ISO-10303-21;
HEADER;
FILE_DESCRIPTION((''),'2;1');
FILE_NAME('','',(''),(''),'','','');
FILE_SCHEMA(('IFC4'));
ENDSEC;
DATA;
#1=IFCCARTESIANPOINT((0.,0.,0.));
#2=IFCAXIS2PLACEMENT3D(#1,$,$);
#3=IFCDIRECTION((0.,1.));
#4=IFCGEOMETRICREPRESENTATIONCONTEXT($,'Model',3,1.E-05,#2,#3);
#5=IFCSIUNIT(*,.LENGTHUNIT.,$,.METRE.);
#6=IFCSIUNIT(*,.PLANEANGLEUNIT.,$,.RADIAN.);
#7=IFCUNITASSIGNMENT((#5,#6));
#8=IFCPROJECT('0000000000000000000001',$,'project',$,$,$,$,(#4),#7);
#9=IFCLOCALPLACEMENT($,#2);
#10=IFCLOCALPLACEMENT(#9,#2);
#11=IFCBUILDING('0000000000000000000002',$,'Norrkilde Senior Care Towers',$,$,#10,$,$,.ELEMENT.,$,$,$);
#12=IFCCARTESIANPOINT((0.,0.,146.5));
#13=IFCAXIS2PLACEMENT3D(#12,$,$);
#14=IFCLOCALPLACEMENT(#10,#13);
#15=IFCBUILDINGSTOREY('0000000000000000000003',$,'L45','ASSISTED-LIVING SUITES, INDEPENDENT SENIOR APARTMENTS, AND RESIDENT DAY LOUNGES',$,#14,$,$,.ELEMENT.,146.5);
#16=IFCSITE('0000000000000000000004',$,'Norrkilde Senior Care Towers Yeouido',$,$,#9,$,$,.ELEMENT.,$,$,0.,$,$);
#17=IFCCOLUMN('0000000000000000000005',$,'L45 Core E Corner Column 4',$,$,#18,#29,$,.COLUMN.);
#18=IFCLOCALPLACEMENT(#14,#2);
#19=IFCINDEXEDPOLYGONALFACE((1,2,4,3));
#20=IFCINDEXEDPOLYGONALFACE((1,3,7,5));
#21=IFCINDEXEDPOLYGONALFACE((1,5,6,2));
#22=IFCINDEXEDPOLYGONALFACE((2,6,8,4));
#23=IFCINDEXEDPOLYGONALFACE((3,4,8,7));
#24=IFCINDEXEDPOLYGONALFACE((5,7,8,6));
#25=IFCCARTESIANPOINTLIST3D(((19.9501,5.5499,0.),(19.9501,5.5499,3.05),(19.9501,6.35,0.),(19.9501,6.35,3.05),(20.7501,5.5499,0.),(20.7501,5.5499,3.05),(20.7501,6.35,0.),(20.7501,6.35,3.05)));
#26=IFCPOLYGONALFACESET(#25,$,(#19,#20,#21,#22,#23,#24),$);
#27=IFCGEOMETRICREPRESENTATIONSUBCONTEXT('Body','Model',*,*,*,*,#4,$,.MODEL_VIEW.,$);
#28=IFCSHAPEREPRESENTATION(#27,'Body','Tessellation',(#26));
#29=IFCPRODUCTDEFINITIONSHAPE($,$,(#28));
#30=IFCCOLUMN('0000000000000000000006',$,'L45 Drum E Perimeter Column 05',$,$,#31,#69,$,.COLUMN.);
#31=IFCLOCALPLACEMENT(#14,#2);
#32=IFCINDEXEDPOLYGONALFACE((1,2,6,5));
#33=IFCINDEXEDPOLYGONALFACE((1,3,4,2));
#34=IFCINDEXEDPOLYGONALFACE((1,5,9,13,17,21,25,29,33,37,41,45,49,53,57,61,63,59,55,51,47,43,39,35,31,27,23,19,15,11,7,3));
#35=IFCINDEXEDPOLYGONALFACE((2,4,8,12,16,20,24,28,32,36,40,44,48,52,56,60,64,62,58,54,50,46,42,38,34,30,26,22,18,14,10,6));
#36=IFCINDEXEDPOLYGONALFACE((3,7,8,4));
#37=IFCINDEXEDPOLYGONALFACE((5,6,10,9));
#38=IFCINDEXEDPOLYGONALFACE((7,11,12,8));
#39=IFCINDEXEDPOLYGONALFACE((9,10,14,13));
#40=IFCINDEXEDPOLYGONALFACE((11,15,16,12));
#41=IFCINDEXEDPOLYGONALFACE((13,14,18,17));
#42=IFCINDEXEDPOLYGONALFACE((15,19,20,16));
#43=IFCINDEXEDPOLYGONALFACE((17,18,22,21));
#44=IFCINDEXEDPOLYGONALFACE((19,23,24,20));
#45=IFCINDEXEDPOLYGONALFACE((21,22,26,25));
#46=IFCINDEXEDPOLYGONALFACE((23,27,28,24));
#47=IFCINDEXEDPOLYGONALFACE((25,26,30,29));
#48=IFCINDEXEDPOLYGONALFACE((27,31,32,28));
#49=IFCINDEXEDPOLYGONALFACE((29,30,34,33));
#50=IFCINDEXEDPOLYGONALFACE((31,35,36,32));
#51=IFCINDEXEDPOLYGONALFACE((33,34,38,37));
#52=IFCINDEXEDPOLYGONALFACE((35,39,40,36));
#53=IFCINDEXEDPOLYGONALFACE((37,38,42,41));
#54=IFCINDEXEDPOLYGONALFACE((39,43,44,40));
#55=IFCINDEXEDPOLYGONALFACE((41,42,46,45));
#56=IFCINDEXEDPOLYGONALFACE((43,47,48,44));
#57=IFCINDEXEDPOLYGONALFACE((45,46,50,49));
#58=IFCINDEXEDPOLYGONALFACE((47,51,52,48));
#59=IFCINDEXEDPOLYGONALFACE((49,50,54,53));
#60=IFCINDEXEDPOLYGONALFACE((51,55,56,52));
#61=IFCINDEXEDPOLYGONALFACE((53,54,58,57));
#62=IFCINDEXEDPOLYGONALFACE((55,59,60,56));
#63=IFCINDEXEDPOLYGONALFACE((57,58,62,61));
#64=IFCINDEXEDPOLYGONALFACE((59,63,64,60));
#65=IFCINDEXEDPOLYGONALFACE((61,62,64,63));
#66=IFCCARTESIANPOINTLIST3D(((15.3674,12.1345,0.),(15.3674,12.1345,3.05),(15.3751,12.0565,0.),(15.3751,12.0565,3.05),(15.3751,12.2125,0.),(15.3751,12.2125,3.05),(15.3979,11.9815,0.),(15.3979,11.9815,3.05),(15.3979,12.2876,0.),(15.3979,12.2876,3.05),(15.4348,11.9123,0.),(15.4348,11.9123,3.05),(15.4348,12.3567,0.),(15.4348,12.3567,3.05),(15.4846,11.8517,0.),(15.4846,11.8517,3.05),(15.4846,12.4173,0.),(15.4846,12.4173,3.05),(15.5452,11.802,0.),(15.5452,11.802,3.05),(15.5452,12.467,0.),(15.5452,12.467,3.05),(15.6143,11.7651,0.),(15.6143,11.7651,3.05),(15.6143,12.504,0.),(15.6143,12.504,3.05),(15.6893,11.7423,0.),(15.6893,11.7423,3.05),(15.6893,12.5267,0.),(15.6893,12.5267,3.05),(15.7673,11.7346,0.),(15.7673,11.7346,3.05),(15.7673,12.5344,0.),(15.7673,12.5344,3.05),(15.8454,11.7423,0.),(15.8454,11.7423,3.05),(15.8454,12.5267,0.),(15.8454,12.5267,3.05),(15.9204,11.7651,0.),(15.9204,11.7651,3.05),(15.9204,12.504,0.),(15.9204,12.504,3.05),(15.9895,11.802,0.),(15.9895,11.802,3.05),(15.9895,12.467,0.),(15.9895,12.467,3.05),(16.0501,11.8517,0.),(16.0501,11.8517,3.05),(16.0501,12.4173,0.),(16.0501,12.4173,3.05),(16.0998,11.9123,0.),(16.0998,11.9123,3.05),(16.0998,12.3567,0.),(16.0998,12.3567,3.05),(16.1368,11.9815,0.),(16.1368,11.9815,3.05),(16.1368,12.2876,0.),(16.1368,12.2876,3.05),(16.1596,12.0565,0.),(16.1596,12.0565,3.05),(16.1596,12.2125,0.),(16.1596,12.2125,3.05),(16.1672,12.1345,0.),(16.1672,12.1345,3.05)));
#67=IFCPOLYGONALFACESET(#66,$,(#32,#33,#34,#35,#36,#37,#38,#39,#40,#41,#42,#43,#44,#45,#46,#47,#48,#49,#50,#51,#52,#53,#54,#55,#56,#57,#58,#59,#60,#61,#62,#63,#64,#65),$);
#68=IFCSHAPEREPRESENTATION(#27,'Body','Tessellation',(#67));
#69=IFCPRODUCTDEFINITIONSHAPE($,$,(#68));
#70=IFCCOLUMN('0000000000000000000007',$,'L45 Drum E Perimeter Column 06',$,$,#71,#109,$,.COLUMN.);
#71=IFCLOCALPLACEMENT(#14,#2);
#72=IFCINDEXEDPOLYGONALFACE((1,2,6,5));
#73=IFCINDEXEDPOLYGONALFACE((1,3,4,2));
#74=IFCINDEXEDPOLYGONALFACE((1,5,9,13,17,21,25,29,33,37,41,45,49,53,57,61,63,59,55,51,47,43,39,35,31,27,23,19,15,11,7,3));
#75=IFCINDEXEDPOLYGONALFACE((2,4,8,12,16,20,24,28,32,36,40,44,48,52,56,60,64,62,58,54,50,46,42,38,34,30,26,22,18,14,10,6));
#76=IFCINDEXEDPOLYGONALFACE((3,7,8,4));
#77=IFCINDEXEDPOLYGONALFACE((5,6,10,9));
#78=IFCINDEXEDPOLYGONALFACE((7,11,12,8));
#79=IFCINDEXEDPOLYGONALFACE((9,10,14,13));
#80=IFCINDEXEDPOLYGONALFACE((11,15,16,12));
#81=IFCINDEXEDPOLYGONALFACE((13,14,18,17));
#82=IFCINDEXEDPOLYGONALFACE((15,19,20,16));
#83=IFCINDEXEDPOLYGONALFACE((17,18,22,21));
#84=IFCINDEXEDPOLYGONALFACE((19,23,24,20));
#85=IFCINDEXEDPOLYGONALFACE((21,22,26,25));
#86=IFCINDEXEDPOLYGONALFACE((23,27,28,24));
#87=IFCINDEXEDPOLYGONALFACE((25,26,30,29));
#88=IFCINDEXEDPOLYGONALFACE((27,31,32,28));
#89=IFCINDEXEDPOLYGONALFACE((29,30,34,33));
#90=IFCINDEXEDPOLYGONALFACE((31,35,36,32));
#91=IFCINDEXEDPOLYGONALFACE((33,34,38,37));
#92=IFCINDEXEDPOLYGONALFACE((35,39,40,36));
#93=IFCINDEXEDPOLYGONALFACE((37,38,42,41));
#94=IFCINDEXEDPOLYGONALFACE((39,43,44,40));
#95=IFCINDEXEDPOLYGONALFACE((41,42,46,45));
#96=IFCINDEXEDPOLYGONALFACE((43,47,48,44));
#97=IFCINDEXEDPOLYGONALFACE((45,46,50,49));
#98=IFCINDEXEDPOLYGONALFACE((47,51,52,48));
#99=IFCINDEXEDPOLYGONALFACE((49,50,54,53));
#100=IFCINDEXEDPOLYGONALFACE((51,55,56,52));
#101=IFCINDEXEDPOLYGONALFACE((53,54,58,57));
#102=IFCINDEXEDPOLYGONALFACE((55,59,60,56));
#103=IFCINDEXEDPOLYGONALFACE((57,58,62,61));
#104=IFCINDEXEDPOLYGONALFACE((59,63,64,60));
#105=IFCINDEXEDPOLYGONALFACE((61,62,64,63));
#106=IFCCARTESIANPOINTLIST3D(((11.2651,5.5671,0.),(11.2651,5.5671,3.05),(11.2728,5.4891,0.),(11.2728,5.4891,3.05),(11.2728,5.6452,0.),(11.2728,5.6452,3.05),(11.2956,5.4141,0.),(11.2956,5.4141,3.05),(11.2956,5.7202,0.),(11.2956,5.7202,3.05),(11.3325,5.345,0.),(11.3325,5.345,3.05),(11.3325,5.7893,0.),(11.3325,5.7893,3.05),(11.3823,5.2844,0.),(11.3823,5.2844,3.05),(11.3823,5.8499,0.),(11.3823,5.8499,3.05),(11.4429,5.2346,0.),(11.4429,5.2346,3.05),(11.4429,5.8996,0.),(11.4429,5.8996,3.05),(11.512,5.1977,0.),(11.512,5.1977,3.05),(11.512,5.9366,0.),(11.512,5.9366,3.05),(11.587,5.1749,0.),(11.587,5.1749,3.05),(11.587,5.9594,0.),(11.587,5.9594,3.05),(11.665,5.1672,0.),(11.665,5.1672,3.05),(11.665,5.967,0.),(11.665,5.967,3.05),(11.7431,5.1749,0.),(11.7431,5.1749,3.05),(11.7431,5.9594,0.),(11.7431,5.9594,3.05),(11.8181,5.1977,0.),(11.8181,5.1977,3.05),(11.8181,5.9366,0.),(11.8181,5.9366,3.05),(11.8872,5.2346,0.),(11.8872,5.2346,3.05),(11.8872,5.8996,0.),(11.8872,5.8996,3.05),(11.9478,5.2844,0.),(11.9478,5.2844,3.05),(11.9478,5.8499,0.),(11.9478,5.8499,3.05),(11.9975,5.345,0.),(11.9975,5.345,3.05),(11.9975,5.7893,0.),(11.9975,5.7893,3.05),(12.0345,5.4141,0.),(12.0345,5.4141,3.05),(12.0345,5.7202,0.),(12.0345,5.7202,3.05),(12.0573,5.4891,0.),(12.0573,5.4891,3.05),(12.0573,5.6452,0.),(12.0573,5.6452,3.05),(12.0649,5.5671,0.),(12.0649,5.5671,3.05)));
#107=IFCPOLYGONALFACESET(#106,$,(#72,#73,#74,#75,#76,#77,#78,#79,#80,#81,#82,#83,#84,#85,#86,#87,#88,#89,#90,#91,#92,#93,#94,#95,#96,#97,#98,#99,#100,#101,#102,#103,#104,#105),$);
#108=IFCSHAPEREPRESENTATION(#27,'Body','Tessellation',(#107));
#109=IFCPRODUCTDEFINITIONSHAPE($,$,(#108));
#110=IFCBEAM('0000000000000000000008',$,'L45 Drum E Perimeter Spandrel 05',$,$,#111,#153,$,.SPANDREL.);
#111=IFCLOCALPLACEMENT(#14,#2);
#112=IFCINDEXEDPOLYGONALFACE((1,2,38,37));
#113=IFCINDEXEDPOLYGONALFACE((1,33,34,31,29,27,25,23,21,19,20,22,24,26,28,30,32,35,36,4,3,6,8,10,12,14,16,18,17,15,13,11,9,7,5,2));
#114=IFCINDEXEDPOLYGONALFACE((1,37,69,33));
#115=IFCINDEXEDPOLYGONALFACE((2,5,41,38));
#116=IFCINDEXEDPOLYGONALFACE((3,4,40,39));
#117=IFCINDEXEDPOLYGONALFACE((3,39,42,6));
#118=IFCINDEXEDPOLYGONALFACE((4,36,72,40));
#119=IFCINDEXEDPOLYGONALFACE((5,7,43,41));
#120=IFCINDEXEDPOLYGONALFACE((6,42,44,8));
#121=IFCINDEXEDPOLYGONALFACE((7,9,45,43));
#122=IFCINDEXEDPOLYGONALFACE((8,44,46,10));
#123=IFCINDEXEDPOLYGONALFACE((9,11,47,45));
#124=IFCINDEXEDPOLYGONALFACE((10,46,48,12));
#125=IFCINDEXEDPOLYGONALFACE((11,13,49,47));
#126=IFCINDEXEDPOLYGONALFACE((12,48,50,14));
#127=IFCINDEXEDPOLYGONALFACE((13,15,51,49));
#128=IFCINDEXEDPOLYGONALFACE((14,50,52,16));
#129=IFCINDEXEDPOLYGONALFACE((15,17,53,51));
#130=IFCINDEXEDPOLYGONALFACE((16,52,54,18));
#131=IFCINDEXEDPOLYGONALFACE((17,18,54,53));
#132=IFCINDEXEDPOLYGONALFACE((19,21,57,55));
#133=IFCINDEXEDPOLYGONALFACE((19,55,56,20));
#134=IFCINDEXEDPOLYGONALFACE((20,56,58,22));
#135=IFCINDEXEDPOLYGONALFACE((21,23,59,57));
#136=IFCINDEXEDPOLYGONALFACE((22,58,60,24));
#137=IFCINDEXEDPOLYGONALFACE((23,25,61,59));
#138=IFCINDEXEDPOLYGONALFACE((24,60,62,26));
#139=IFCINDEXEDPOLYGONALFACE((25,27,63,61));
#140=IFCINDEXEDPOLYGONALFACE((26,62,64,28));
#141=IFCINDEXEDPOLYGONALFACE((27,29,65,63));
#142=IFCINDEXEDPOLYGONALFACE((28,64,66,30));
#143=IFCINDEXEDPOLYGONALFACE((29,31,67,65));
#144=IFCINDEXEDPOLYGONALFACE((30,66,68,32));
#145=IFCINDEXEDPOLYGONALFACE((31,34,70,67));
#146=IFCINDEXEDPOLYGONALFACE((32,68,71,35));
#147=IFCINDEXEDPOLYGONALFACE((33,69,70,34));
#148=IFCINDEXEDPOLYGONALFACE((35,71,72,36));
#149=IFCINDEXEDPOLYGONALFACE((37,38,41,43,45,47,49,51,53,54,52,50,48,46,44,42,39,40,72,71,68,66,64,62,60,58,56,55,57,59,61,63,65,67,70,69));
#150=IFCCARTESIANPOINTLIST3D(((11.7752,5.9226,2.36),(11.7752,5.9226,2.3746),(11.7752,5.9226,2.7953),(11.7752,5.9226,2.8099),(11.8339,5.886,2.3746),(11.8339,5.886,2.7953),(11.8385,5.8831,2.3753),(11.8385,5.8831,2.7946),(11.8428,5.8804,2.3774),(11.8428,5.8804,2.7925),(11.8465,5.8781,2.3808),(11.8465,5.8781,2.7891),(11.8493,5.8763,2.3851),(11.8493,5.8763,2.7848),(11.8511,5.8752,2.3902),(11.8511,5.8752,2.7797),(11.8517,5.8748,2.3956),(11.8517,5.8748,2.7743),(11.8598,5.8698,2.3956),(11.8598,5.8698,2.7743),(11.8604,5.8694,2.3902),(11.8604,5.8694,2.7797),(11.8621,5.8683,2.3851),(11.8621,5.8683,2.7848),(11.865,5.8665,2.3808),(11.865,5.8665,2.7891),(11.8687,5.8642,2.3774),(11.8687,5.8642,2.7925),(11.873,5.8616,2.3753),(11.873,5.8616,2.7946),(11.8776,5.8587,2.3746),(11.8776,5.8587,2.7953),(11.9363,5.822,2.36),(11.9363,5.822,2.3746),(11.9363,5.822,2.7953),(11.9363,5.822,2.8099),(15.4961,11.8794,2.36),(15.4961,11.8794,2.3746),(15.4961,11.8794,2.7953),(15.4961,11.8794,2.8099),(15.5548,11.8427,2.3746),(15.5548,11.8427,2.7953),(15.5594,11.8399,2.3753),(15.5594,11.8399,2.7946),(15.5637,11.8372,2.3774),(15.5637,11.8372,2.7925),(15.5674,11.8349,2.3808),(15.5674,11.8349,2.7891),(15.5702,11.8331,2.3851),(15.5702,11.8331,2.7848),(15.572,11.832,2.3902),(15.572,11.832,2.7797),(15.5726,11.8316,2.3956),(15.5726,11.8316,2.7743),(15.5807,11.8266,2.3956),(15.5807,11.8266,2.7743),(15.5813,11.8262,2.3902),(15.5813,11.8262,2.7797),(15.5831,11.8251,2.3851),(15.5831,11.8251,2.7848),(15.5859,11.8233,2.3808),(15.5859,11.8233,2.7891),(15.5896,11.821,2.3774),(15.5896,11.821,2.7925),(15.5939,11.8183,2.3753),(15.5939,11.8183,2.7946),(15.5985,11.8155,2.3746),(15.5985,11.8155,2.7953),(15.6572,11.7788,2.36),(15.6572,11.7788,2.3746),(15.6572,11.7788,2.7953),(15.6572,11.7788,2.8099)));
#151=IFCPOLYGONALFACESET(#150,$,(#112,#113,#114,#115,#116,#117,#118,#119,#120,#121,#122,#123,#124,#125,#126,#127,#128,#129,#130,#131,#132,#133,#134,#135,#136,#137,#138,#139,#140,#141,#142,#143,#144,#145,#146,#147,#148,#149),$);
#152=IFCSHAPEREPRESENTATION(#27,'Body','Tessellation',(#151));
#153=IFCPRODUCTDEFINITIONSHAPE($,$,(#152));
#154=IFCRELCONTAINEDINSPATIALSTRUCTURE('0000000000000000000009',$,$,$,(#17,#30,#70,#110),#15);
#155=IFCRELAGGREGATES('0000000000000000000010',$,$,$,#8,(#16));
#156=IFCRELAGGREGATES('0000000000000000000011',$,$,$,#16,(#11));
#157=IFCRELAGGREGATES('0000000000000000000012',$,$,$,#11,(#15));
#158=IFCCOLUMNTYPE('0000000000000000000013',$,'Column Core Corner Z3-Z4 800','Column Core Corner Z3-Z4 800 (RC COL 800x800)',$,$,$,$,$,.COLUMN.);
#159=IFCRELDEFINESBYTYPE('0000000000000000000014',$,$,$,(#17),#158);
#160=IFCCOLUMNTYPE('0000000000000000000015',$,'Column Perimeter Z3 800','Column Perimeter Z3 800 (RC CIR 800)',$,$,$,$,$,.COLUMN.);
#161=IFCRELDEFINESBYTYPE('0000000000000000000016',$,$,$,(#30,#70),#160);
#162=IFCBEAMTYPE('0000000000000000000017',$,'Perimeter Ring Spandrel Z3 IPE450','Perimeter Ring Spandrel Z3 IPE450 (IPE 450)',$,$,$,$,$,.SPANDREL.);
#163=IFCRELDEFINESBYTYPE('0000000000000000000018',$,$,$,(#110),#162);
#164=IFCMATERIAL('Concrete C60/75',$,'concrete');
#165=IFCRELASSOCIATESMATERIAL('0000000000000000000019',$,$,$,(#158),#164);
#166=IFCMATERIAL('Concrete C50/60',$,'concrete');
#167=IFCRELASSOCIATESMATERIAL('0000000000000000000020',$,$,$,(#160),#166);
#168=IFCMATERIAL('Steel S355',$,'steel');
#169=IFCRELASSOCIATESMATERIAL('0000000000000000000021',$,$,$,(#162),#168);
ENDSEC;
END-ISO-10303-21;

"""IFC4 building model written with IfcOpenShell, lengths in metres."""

from ifc_helpers import new_model, si_unit, direction, frame, origin, origin_2d, place, context, subcontext, project, spatial, rectangle, circle, i_section, extrude, source, transform, mapped, material, material_profile, profile_set, type_object, type_shapes, element, save


model = new_model("IFC4")

# Units and contexts
model_context = context("Model", 3, precision=1e-05, world=origin(), true_north=direction((0.0, 1.0)))
body_context = subcontext(model_context, "Body", "Model", "MODEL_VIEW")
ifc_project = project(units=[si_unit("LENGTHUNIT", "METRE"), si_unit("PLANEANGLEUNIT", "RADIAN")], contexts=[model_context])

# Site, building, storey
site_placement = place(None, origin())
site = spatial("IfcSite", under=ifc_project, at=site_placement, Name="Norrkilde Senior Care Towers Yeouido", CompositionType="ELEMENT", RefElevation=0.0)
building_placement = place(site_placement, origin())
building = spatial("IfcBuilding", under=site, at=building_placement, Name="Norrkilde Senior Care Towers", CompositionType="ELEMENT")
storey_placement = place(building_placement, frame((0.0, 0.0, 146.5)))
storey = spatial("IfcBuildingStorey", under=building, at=storey_placement, Name="L45", Description="ASSISTED-LIVING SUITES, INDEPENDENT SENIOR APARTMENTS, AND RESIDENT DAY LOUNGES", CompositionType="ELEMENT", Elevation=146.5)

# Columns
ifc_material_1 = material(Name="Concrete C60/75", Category="concrete")
ifc_material_profile_1 = material_profile(ifc_material_1, rectangle(XDim=0.8, YDim=0.8, at=origin_2d()), Name="RC COL 800x800")
ifc_profile_set_1 = profile_set([ifc_material_profile_1], Name="Concrete C60/75")
column_type_1 = type_object("IfcColumnType", Name="Column Core Corner Z3-Z4 800", Description="Column Core Corner Z3-Z4 800 (RC COL 800x800)", PredefinedType="COLUMN", material=ifc_profile_set_1)
shared_shape_1 = source(origin(), body_context, "Body", "SweptSolid", [
    extrude(rectangle(XDim=0.8, YDim=0.8, at=origin_2d()), origin(), (0.0, 0.0, 1.0), 3.05),
])
type_shapes(column_type_1, [shared_shape_1])
column_placement = place(storey_placement, frame((20.3501, 5.95, 0.0), z_axis=(0.0, 0.0, 1.0), x_axis=(1.0, 0.0, 0.0)))
element("IfcColumn", 1, at=column_placement, inside=storey, type_object=column_type_1, Name="L45 Core E Corner Column 4", PredefinedType="COLUMN", context=body_context, shape_type="MappedRepresentation", body=[
    mapped(shared_shape_1, transform((0.0, 0.0, 0.0), x_axis=(1.0, 0.0, 0.0), y_axis=(0.0, 1.0, 0.0), z_axis=(0.0, 0.0, 1.0), scale=1.0)),
])
ifc_material_2 = material(Name="Concrete C50/60", Category="concrete")
ifc_material_profile_2 = material_profile(ifc_material_2, circle(Radius=0.3999, at=origin_2d()), Name="RC CIR 800")
ifc_profile_set_2 = profile_set([ifc_material_profile_2], Name="Concrete C50/60")
column_type_2 = type_object("IfcColumnType", Name="Column Perimeter Z3 800", Description="Column Perimeter Z3 800 (RC CIR 800)", PredefinedType="COLUMN", material=ifc_profile_set_2)
shared_shape_2 = source(origin(), body_context, "Body", "SweptSolid", [
    extrude(circle(Radius=0.3999, at=origin_2d()), origin(), (0.0, 0.0, 1.0), 3.05),
])
type_shapes(column_type_2, [shared_shape_2])
for number, where, z_axis, x_axis, name in (
    (2, (15.7673, 12.1345, 0.0), (0.0, 0.0, 1.0), (1.0, 0.0, 0.0), "L45 Drum E Perimeter Column 05"),
    (3, (11.665, 5.5671, 0.0), (0.0, 0.0, 1.0), (1.0, 0.0, 0.0), "L45 Drum E Perimeter Column 06"),
):
    element("IfcColumn", number, at=place(storey_placement, frame(where, z_axis=z_axis, x_axis=x_axis)), inside=storey, type_object=column_type_2, Name=name, PredefinedType="COLUMN", context=body_context, shape_type="MappedRepresentation", body=[
        mapped(shared_shape_2, transform((0.0, 0.0, 0.0), x_axis=(1.0, 0.0, 0.0), y_axis=(0.0, 1.0, 0.0), z_axis=(0.0, 0.0, 1.0), scale=1.0)),
    ])

# Beam
ifc_material_3 = material(Name="Steel S355", Category="steel")
ifc_material_profile_3 = material_profile(ifc_material_3, i_section(OverallWidth=0.1899, OverallDepth=0.45, WebThickness=0.0095, FlangeThickness=0.0146, FilletRadius=0.021, at=origin_2d()), Name="IPE 450")
ifc_profile_set_3 = profile_set([ifc_material_profile_3], Name="Steel S355")
beam_type_1 = type_object("IfcBeamType", Name="Perimeter Ring Spandrel Z3 IPE450", Description="Perimeter Ring Spandrel Z3 IPE450 (IPE 450)", PredefinedType="SPANDREL", material=ifc_profile_set_3)
shared_shape_3 = source(origin(), body_context, "Body", "SweptSolid", [
    extrude(i_section(OverallWidth=0.1899, OverallDepth=0.45, WebThickness=0.0095, FlangeThickness=0.0146, FilletRadius=0.021, at=origin_2d()), origin(), (0.0, 0.0, 1.0), 7.0234),
])
beam_1_placement = place(storey_placement, frame((15.5767, 11.8291, 2.585), z_axis=(-0.52979, -0.848129, 0.0), x_axis=(0.848129, -0.52979, 0.0)))
element("IfcBeam", 4, at=beam_1_placement, inside=storey, type_object=beam_type_1, Name="L45 Drum E Perimeter Spandrel 05", PredefinedType="SPANDREL", context=body_context, shape_type="MappedRepresentation", body=[
    mapped(shared_shape_3, transform((0.0, 0.0, 0.0), x_axis=(1.0, 0.0, 0.0), y_axis=(0.0, 1.0, 0.0), z_axis=(0.0, 0.0, 1.0), scale=1.0)),
])

save(model, "model.ifc")
